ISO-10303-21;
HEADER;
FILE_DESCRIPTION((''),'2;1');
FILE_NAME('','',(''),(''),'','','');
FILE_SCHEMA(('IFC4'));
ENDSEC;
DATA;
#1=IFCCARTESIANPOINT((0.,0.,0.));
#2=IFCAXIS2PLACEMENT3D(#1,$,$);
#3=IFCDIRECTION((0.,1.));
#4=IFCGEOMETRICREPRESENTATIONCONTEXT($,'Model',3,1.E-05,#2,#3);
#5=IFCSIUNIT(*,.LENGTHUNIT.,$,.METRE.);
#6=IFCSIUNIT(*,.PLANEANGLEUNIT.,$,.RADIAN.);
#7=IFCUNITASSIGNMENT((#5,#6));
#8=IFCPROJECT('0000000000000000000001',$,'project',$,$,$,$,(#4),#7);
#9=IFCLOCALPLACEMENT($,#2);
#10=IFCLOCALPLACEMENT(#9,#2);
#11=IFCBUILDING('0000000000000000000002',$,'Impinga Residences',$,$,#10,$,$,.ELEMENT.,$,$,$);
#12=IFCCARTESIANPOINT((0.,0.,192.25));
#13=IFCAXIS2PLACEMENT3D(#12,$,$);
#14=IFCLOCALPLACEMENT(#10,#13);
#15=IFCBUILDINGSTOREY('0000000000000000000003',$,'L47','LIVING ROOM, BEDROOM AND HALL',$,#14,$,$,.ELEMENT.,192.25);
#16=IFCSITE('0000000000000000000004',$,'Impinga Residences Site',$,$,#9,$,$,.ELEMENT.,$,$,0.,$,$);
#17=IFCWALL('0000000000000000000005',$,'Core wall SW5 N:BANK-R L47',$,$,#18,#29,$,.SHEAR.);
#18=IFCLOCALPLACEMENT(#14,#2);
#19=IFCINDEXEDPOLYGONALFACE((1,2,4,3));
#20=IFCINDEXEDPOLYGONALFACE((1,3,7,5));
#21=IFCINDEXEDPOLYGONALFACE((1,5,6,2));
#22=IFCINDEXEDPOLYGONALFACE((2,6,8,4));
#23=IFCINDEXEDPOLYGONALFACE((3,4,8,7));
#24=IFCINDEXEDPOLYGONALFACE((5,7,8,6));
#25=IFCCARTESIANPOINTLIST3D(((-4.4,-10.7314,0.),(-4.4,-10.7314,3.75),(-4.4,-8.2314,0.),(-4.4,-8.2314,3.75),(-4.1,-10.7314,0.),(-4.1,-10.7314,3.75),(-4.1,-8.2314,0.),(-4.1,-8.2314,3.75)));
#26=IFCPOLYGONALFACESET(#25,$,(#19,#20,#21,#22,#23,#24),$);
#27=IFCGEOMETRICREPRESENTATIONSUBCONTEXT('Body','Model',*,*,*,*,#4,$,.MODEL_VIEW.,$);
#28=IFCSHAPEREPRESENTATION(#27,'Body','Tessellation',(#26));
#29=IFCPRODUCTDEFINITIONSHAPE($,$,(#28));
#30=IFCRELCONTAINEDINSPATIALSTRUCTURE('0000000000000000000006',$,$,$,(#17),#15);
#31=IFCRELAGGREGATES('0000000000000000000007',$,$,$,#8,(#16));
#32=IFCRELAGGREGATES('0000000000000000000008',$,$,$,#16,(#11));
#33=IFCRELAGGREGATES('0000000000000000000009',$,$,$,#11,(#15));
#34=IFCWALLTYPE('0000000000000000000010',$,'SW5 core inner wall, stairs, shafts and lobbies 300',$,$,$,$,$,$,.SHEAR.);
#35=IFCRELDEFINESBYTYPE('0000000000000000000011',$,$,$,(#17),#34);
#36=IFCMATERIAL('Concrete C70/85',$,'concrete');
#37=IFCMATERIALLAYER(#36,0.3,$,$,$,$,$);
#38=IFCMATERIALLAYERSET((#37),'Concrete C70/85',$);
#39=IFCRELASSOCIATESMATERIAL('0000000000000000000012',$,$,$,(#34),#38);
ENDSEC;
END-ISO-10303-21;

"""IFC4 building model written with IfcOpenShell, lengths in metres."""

from ifc_helpers import new_model, si_unit, direction, frame, frame_2d, origin, place, context, subcontext, project, spatial, rectangle, extrude, material, layer, layer_set, type_object, element, save


model = new_model("IFC4")

# Units and contexts
model_context = context("Model", 3, precision=1e-05, world=origin(), true_north=direction((0.0, 1.0)))
body_context = subcontext(model_context, "Body", "Model", "MODEL_VIEW")
ifc_project = project(units=[si_unit("LENGTHUNIT", "METRE"), si_unit("PLANEANGLEUNIT", "RADIAN")], contexts=[model_context])

# Site, building, storey
site_placement = place(None, origin())
site = spatial("IfcSite", under=ifc_project, at=site_placement, Name="Impinga Residences Site", CompositionType="ELEMENT", RefElevation=0.0)
building_placement = place(site_placement, origin())
building = spatial("IfcBuilding", under=site, at=building_placement, Name="Impinga Residences", CompositionType="ELEMENT")
storey_placement = place(building_placement, frame((0.0, 0.0, 192.25)))
storey = spatial("IfcBuildingStorey", under=building, at=storey_placement, Name="L47", Description="LIVING ROOM, BEDROOM AND HALL", CompositionType="ELEMENT", Elevation=192.25)

# Wall
ifc_material_1 = material(Name="Concrete C70/85", Category="concrete")
ifc_layer_1 = layer(ifc_material_1, 0.3)
ifc_layer_set_1 = layer_set([ifc_layer_1], Name="Concrete C70/85")
wall_type_1 = type_object("IfcWallType", Name="SW5 core inner wall, stairs, shafts and lobbies 300", PredefinedType="SHEAR", material=ifc_layer_set_1)
wall_1_placement = place(storey_placement, frame((-4.25, -8.2314, 0.0), z_axis=(0.0, 0.0, 1.0), x_axis=(0.0, -1.0, 0.0)))
element("IfcWall", 1, at=wall_1_placement, inside=storey, type_object=wall_type_1, Name="Core wall SW5 N:BANK-R L47", PredefinedType="SHEAR", context=body_context, shape_type="SweptSolid", body=[
    extrude(rectangle(XDim=2.5, YDim=0.3, at=frame_2d((1.25, 0.0))), origin(), (0.0, 0.0, 1.0), 3.75),
])

save(model, "model.ifc")
